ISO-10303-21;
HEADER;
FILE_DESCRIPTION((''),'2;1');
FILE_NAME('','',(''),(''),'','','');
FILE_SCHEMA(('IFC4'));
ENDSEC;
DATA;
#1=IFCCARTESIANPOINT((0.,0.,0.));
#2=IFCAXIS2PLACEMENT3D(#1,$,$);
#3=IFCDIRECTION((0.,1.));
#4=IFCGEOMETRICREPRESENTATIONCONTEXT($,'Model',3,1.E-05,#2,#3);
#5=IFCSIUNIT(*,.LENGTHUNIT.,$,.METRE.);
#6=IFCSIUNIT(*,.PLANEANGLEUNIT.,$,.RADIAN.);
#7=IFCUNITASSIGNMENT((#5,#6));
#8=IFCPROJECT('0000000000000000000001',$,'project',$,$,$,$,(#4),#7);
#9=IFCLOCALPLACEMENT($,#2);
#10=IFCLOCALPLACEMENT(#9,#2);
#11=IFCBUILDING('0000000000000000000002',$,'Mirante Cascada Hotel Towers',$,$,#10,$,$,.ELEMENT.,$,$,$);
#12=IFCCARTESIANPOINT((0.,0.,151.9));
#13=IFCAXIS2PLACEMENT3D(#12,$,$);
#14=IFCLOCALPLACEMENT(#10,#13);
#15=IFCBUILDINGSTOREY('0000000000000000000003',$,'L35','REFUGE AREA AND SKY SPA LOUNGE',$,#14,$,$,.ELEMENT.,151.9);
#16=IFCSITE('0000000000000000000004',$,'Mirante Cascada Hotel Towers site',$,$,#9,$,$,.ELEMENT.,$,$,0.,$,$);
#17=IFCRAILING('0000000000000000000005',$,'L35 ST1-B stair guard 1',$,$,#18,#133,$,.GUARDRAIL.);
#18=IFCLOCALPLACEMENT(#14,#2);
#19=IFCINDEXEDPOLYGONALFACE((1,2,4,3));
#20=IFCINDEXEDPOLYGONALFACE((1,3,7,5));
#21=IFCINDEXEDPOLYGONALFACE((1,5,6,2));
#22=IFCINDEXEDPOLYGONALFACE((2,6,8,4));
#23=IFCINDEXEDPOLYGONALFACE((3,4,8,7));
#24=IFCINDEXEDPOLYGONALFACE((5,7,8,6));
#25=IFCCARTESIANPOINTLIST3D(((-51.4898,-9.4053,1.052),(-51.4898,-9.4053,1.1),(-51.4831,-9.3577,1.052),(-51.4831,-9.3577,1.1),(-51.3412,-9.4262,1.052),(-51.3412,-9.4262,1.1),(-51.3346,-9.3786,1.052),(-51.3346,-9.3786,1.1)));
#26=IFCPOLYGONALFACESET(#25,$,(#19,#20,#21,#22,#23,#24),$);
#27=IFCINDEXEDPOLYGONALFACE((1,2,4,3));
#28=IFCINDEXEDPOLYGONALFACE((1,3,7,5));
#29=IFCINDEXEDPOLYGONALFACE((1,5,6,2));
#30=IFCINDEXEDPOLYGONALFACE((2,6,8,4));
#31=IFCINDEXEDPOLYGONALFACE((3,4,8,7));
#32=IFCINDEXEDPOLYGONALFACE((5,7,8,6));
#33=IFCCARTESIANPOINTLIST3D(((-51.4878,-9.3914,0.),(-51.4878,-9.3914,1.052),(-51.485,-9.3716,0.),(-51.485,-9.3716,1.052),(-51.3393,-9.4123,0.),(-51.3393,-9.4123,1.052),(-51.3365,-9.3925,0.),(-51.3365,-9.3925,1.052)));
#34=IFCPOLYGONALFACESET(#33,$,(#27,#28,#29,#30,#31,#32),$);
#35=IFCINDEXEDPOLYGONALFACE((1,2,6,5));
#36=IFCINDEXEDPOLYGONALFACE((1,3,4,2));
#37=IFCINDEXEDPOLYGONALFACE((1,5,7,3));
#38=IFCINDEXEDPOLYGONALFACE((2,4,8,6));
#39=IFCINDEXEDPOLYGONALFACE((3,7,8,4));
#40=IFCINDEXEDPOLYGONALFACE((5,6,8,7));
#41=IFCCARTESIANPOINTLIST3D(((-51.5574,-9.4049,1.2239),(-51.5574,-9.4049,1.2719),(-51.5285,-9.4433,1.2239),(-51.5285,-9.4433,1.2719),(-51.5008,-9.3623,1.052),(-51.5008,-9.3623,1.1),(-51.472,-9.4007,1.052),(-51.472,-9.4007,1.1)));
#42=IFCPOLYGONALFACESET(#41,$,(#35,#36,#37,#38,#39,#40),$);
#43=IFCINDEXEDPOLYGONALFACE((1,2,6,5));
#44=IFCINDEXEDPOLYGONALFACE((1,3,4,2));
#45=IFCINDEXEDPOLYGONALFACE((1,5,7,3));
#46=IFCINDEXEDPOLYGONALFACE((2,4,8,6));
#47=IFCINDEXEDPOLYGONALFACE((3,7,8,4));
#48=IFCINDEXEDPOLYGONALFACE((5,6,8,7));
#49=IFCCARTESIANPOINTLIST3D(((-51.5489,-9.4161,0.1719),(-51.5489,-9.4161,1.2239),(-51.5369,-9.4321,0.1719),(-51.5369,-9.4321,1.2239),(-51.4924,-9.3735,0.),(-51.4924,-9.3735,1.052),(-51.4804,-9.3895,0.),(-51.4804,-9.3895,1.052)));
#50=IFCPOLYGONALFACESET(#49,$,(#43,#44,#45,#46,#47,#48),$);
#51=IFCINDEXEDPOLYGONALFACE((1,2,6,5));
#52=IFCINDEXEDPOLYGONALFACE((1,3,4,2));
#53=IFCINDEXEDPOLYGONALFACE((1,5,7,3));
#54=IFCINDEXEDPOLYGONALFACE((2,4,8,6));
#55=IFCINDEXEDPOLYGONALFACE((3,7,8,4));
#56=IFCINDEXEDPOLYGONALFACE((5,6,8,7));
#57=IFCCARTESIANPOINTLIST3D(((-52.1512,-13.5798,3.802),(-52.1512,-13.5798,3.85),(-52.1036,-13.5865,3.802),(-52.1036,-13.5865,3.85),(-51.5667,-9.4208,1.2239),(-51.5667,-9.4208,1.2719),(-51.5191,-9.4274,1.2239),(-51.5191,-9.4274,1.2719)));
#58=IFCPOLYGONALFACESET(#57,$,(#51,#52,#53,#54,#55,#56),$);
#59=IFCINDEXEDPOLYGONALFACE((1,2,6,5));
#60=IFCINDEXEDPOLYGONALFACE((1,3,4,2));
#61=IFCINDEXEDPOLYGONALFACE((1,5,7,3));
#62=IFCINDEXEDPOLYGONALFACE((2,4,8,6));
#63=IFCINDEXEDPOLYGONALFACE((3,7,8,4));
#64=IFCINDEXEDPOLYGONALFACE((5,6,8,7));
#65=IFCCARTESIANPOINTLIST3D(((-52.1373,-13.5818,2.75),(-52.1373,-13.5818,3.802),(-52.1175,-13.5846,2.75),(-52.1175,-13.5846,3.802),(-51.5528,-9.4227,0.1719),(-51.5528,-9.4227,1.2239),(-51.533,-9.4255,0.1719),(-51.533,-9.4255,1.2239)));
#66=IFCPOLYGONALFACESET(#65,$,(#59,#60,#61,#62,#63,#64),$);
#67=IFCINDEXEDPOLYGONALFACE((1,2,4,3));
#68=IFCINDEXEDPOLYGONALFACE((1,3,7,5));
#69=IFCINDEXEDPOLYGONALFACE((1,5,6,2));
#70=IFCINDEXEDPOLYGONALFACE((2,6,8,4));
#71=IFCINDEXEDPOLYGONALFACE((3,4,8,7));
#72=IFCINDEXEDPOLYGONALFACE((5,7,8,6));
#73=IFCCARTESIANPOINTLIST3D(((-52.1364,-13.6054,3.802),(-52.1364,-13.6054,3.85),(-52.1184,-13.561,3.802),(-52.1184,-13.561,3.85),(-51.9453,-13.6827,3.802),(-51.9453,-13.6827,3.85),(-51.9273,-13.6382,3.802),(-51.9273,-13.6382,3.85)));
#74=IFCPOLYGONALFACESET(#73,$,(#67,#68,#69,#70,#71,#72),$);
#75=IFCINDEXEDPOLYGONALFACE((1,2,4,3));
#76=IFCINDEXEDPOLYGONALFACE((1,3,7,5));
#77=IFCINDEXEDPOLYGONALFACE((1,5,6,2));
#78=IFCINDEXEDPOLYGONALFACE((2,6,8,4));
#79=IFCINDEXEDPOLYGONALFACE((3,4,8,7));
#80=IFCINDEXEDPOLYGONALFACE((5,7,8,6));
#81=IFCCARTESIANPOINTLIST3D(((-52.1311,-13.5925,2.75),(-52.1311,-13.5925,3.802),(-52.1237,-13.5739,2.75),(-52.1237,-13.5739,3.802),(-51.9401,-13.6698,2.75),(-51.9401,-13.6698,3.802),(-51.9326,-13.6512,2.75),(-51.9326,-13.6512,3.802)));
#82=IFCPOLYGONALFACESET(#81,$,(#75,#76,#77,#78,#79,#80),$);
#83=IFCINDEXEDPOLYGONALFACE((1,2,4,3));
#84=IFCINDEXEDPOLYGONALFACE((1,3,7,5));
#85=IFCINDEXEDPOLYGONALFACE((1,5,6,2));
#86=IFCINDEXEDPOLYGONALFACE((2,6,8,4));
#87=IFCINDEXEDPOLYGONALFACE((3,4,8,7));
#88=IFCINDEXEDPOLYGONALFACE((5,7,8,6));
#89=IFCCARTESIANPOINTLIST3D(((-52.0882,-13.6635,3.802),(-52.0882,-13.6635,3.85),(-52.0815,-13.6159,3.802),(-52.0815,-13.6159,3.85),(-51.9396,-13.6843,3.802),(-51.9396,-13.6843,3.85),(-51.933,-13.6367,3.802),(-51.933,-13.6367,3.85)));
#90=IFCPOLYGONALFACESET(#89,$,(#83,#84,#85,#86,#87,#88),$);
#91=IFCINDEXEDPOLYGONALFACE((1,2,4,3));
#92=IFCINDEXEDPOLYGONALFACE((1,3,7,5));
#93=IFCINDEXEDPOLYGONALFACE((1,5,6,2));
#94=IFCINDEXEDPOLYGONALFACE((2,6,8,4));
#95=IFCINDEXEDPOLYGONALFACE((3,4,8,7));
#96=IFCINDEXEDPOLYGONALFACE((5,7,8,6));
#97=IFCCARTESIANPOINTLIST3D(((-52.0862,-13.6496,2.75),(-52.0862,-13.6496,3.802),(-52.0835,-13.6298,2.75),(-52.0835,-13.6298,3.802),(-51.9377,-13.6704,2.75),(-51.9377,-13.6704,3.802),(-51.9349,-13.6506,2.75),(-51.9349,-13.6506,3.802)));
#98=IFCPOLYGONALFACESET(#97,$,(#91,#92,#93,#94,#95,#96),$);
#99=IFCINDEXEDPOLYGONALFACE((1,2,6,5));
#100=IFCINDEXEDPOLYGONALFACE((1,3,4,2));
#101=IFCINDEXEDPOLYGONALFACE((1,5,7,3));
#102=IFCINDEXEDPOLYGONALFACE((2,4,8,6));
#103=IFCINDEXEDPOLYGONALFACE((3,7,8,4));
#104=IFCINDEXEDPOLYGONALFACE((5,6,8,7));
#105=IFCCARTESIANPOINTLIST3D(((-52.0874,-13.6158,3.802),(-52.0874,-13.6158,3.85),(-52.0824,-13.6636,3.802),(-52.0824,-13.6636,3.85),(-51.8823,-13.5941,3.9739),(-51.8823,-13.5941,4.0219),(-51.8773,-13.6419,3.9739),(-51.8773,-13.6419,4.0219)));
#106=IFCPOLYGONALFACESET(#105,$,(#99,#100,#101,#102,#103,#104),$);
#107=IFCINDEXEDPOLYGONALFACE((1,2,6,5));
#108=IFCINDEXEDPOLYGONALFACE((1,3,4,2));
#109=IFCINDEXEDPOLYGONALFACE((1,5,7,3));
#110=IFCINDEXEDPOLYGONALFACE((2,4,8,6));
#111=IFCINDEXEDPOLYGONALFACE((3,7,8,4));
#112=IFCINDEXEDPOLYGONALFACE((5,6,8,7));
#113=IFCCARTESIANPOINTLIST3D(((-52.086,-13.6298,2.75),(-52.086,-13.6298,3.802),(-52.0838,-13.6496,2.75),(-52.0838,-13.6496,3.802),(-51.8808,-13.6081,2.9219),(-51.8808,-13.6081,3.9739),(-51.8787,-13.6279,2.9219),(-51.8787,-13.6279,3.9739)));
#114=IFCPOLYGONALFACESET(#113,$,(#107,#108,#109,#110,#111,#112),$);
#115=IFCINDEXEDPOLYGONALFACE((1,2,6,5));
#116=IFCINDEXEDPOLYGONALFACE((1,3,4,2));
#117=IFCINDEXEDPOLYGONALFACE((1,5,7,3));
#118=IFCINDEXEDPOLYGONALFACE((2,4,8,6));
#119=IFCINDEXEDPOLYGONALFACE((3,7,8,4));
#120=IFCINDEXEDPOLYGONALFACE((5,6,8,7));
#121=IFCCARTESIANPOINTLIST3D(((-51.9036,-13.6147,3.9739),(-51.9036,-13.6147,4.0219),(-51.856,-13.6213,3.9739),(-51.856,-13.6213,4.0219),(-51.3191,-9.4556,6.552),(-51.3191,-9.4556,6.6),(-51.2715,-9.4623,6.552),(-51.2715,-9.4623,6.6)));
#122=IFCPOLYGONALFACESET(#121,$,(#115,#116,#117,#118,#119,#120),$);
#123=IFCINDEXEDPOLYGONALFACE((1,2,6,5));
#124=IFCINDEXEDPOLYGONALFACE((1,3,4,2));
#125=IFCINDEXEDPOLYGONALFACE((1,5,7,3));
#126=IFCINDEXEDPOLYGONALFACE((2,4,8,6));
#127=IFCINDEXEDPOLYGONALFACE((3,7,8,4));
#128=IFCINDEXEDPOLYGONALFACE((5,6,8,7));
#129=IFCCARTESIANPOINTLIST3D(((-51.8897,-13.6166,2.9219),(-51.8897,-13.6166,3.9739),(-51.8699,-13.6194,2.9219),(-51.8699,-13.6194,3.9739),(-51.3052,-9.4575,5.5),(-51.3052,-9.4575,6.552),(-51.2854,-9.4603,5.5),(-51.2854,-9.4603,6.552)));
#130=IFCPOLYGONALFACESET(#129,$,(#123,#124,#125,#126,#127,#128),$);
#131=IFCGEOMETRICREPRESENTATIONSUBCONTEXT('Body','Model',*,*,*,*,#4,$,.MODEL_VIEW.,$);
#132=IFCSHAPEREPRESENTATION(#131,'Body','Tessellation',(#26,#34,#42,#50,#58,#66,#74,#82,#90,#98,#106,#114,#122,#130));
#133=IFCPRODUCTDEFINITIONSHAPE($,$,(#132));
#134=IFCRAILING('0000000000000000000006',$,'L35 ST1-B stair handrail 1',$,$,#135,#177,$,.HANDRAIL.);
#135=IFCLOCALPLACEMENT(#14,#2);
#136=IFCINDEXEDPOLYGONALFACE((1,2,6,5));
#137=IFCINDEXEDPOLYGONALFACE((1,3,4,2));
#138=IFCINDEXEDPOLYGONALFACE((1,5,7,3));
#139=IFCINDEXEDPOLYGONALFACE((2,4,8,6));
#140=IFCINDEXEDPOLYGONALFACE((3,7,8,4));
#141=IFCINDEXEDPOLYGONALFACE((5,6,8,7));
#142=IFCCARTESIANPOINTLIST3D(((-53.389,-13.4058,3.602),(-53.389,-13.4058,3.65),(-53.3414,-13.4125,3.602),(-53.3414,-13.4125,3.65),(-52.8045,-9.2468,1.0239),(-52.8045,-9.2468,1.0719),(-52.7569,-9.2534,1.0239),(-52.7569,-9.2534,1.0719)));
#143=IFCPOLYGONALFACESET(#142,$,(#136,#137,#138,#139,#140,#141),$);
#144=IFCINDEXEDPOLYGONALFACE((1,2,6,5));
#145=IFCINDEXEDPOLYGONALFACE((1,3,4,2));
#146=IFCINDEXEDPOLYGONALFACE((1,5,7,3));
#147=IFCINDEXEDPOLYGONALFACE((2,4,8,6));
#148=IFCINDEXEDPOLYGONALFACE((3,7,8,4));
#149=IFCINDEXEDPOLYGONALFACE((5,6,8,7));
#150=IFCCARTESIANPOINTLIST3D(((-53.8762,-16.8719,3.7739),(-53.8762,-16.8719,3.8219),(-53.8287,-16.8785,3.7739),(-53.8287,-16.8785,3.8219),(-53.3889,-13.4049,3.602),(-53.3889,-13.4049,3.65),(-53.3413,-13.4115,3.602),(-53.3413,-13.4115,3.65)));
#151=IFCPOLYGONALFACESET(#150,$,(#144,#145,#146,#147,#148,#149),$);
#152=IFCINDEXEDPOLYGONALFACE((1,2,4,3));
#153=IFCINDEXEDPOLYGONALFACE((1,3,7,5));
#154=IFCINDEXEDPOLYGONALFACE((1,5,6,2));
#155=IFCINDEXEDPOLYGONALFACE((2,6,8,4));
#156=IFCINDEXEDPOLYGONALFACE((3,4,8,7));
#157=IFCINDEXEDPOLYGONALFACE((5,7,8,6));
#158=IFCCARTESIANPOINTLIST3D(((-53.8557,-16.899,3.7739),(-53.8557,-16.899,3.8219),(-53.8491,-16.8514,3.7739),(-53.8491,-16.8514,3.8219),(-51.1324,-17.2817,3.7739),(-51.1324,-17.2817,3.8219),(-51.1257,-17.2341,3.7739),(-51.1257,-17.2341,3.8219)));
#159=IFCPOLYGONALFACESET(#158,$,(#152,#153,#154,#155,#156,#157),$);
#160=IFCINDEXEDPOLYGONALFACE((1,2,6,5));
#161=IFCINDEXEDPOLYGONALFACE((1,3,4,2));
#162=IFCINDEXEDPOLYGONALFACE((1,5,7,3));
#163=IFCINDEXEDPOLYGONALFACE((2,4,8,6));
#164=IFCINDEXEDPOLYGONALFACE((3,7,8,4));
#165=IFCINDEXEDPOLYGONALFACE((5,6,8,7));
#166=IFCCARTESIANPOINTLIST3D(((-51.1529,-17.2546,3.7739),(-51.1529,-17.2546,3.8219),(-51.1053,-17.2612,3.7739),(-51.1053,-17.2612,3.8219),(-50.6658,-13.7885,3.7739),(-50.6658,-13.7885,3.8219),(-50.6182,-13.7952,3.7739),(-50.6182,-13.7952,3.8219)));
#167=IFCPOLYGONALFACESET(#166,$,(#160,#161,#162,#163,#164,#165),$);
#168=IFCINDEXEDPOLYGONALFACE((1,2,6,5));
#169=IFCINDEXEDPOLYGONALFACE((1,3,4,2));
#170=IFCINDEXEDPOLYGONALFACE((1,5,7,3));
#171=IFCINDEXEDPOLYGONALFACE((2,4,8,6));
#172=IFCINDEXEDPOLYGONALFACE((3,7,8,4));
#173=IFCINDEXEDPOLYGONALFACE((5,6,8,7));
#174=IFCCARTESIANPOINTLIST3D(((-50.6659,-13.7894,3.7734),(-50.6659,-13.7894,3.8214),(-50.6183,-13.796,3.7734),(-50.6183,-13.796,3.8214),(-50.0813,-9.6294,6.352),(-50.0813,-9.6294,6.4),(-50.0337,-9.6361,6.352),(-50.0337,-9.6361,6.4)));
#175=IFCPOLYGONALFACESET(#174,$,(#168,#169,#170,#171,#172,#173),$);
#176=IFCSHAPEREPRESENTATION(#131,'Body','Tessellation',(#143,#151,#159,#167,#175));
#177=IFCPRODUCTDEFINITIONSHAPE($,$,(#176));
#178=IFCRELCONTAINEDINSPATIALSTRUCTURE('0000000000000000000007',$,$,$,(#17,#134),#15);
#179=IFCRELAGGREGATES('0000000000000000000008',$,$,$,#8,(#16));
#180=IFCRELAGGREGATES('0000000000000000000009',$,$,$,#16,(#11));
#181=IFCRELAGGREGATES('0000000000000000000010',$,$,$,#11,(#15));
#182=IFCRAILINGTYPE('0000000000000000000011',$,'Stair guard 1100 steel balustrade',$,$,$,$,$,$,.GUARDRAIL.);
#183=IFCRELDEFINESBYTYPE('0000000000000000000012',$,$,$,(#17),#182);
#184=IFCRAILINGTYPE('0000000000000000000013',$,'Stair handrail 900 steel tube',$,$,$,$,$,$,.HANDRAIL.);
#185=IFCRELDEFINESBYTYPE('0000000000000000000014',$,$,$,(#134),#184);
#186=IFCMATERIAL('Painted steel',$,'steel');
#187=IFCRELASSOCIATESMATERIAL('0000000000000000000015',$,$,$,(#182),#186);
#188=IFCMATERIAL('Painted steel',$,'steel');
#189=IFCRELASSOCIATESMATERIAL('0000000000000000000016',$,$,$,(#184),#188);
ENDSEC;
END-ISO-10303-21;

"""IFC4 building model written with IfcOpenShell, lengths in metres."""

from ifc_helpers import new_model, si_unit, direction, frame, origin, origin_2d, place, context, subcontext, project, spatial, rectangle, extrude, material, type_object, element, save


model = new_model("IFC4")

# Units and contexts
model_context = context("Model", 3, precision=1e-05, world=origin(), true_north=direction((0.0, 1.0)))
body_context = subcontext(model_context, "Body", "Model", "MODEL_VIEW")
ifc_project = project(units=[si_unit("LENGTHUNIT", "METRE"), si_unit("PLANEANGLEUNIT", "RADIAN")], contexts=[model_context])

# Site, building, storey
site_placement = place(None, origin())
site = spatial("IfcSite", under=ifc_project, at=site_placement, Name="Mirante Cascada Hotel Towers site", CompositionType="ELEMENT", RefElevation=0.0)
building_placement = place(site_placement, origin())
building = spatial("IfcBuilding", under=site, at=building_placement, Name="Mirante Cascada Hotel Towers", CompositionType="ELEMENT")
storey_placement = place(building_placement, frame((0.0, 0.0, 151.9)))
storey = spatial("IfcBuildingStorey", under=building, at=storey_placement, Name="L35", Description="REFUGE AREA AND SKY SPA LOUNGE", CompositionType="ELEMENT", Elevation=151.9)

# Railings
ifc_material_1 = material(Name="Painted steel", Category="steel")
railing_type_1 = type_object("IfcRailingType", Name="Stair guard 1100 steel balustrade", PredefinedType="GUARDRAIL", material=ifc_material_1)
railing_1_placement = place(storey_placement, frame((-51.3379, -9.4024, 0.0)))
element("IfcRailing", 1, at=railing_1_placement, inside=storey, type_object=railing_type_1, Name="L35 ST1-B stair guard 1", PredefinedType="GUARDRAIL", context=body_context, shape_type="SweptSolid", body=[
    extrude(rectangle(XDim=0.048, YDim=0.048, at=origin_2d()), frame((0.0, 0.0, 1.076), z_axis=(-0.990241, 0.139367, 0.0), x_axis=(-0.139367, -0.990241, 0.0)), (0.0, 0.0, 1.0), 0.15),
    extrude(rectangle(XDim=0.02, YDim=1.052, at=origin_2d()), frame((0.0, 0.0, 0.526), z_axis=(-0.990241, 0.139367, 0.0), x_axis=(-0.139367, -0.990241, 0.0)), (0.0, 0.0, 1.0), 0.15),
    extrude(rectangle(XDim=0.048, YDim=0.048, at=origin_2d()), frame((-0.1485, 0.0209, 1.076), z_axis=(-0.798471, -0.602033, 0.0), x_axis=(0.602033, -0.798471, 0.0)), (0.0, 0.92472, 0.380648), 0.1859),
    extrude(rectangle(XDim=0.02, YDim=1.052, at=origin_2d()), frame((-0.1485, 0.0209, 0.526), z_axis=(-0.798471, -0.602033, 0.0), x_axis=(0.602033, -0.798471, 0.0)), (0.0, 0.92472, 0.380648), 0.1859),
    extrude(rectangle(XDim=0.048, YDim=0.048, at=origin_2d()), frame((-0.205, -0.0217, 1.2479), z_axis=(-0.139168, -0.990269, 0.0), x_axis=(0.990269, -0.139168, 0.0)), (0.0, 0.523141, 0.852246), 4.9281),
    extrude(rectangle(XDim=0.02, YDim=1.052, at=origin_2d()), frame((-0.205, -0.0217, 0.6979), z_axis=(-0.139168, -0.990269, 0.0), x_axis=(0.990269, -0.139168, 0.0)), (0.0, 0.523141, 0.852246), 4.9281),
    extrude(rectangle(XDim=0.048, YDim=0.048, at=origin_2d()), frame((-0.7895, -4.1808, 3.826), z_axis=(0.927031, -0.374984, 0.0), x_axis=(0.374984, 0.927031, 0.0)), (0.0, 0.0, 1.0), 0.2061),
    extrude(rectangle(XDim=0.02, YDim=1.052, at=origin_2d()), frame((-0.7895, -4.1808, 3.276), z_axis=(0.927031, -0.374984, 0.0), x_axis=(0.374984, 0.927031, 0.0)), (0.0, 0.0, 1.0), 0.2061),
    extrude(rectangle(XDim=0.048, YDim=0.048, at=origin_2d()), frame((-0.5984, -4.2581, 3.826), z_axis=(-0.990345, 0.138622, 0.0), x_axis=(-0.138622, -0.990345, 0.0)), (0.0, 0.0, 1.0), 0.15),
    extrude(rectangle(XDim=0.02, YDim=1.052, at=origin_2d()), frame((-0.5984, -4.2581, 3.276), z_axis=(-0.990345, 0.138622, 0.0), x_axis=(-0.138622, -0.990345, 0.0)), (0.0, 0.0, 1.0), 0.15),
    extrude(rectangle(XDim=0.048, YDim=0.048, at=origin_2d()), frame((-0.747, -4.2373, 3.826), z_axis=(0.994449, 0.105215, 0.0), x_axis=(-0.105215, 0.994449, 0.0)), (0.0, 0.640249, 0.768168), 0.2685),
    extrude(rectangle(XDim=0.02, YDim=1.052, at=origin_2d()), frame((-0.747, -4.2373, 3.276), z_axis=(0.994449, 0.105215, 0.0), x_axis=(-0.105215, 0.994449, 0.0)), (0.0, 0.640249, 0.768168), 0.2685),
    extrude(rectangle(XDim=0.048, YDim=0.048, at=origin_2d()), frame((-0.5419, -4.2156, 3.9979), z_axis=(0.139168, 0.990269, 0.0), x_axis=(-0.990269, 0.139168, 0.0)), (0.0, 0.523141, 0.852246), 4.9281),
    extrude(rectangle(XDim=0.02, YDim=1.052, at=origin_2d()), frame((-0.5419, -4.2156, 3.4479), z_axis=(0.139168, 0.990269, 0.0), x_axis=(-0.990269, 0.139168, 0.0)), (0.0, 0.523141, 0.852246), 4.9281),
])
ifc_material_2 = material(Name="Painted steel", Category="steel")
railing_type_2 = type_object("IfcRailingType", Name="Stair handrail 900 steel tube", PredefinedType="HANDRAIL", material=ifc_material_2)
railing_2_placement = place(storey_placement, frame((-52.7807, -9.2501, 0.1719)))
element("IfcRailing", 2, at=railing_2_placement, inside=storey, type_object=railing_type_2, Name="L35 ST1-B stair handrail 1", PredefinedType="HANDRAIL", context=body_context, shape_type="SweptSolid", body=[
    extrude(rectangle(XDim=0.048, YDim=0.048, at=origin_2d()), frame((0.0, 0.0, 0.876), z_axis=(-0.139168, -0.990269, 0.0), x_axis=(0.990269, -0.139168, 0.0)), (0.0, 0.523141, 0.852246), 4.9281),
    extrude(rectangle(XDim=0.048, YDim=0.048, at=origin_2d()), frame((-0.5844, -4.1581, 3.4541), z_axis=(-0.139197, -0.990265, 0.0), x_axis=(0.990265, -0.139197, 0.0)), (0.0, 0.049054, 0.998796), 3.5053),
    extrude(rectangle(XDim=0.048, YDim=0.048, at=origin_2d()), frame((-1.0717, -7.6251, 3.626), z_axis=(0.99027, -0.139161, 0.0), x_axis=(0.139161, 0.99027, 0.0)), (0.0, 0.0, 1.0), 2.7501),
    extrude(rectangle(XDim=0.048, YDim=0.048, at=origin_2d()), frame((1.6516, -8.0078, 3.626), z_axis=(0.139169, 0.990269, 0.0), x_axis=(-0.990269, 0.139169, 0.0)), (0.0, 0.0, 1.0), 3.5001),
    extrude(rectangle(XDim=0.048, YDim=0.048, at=origin_2d()), frame((2.1386, -4.5426, 3.6255), z_axis=(0.139168, 0.990269, 0.0), x_axis=(-0.990269, 0.139168, 0.0)), (0.0, 0.523141, 0.852246), 4.9291),
])

save(model, "model.ifc")
